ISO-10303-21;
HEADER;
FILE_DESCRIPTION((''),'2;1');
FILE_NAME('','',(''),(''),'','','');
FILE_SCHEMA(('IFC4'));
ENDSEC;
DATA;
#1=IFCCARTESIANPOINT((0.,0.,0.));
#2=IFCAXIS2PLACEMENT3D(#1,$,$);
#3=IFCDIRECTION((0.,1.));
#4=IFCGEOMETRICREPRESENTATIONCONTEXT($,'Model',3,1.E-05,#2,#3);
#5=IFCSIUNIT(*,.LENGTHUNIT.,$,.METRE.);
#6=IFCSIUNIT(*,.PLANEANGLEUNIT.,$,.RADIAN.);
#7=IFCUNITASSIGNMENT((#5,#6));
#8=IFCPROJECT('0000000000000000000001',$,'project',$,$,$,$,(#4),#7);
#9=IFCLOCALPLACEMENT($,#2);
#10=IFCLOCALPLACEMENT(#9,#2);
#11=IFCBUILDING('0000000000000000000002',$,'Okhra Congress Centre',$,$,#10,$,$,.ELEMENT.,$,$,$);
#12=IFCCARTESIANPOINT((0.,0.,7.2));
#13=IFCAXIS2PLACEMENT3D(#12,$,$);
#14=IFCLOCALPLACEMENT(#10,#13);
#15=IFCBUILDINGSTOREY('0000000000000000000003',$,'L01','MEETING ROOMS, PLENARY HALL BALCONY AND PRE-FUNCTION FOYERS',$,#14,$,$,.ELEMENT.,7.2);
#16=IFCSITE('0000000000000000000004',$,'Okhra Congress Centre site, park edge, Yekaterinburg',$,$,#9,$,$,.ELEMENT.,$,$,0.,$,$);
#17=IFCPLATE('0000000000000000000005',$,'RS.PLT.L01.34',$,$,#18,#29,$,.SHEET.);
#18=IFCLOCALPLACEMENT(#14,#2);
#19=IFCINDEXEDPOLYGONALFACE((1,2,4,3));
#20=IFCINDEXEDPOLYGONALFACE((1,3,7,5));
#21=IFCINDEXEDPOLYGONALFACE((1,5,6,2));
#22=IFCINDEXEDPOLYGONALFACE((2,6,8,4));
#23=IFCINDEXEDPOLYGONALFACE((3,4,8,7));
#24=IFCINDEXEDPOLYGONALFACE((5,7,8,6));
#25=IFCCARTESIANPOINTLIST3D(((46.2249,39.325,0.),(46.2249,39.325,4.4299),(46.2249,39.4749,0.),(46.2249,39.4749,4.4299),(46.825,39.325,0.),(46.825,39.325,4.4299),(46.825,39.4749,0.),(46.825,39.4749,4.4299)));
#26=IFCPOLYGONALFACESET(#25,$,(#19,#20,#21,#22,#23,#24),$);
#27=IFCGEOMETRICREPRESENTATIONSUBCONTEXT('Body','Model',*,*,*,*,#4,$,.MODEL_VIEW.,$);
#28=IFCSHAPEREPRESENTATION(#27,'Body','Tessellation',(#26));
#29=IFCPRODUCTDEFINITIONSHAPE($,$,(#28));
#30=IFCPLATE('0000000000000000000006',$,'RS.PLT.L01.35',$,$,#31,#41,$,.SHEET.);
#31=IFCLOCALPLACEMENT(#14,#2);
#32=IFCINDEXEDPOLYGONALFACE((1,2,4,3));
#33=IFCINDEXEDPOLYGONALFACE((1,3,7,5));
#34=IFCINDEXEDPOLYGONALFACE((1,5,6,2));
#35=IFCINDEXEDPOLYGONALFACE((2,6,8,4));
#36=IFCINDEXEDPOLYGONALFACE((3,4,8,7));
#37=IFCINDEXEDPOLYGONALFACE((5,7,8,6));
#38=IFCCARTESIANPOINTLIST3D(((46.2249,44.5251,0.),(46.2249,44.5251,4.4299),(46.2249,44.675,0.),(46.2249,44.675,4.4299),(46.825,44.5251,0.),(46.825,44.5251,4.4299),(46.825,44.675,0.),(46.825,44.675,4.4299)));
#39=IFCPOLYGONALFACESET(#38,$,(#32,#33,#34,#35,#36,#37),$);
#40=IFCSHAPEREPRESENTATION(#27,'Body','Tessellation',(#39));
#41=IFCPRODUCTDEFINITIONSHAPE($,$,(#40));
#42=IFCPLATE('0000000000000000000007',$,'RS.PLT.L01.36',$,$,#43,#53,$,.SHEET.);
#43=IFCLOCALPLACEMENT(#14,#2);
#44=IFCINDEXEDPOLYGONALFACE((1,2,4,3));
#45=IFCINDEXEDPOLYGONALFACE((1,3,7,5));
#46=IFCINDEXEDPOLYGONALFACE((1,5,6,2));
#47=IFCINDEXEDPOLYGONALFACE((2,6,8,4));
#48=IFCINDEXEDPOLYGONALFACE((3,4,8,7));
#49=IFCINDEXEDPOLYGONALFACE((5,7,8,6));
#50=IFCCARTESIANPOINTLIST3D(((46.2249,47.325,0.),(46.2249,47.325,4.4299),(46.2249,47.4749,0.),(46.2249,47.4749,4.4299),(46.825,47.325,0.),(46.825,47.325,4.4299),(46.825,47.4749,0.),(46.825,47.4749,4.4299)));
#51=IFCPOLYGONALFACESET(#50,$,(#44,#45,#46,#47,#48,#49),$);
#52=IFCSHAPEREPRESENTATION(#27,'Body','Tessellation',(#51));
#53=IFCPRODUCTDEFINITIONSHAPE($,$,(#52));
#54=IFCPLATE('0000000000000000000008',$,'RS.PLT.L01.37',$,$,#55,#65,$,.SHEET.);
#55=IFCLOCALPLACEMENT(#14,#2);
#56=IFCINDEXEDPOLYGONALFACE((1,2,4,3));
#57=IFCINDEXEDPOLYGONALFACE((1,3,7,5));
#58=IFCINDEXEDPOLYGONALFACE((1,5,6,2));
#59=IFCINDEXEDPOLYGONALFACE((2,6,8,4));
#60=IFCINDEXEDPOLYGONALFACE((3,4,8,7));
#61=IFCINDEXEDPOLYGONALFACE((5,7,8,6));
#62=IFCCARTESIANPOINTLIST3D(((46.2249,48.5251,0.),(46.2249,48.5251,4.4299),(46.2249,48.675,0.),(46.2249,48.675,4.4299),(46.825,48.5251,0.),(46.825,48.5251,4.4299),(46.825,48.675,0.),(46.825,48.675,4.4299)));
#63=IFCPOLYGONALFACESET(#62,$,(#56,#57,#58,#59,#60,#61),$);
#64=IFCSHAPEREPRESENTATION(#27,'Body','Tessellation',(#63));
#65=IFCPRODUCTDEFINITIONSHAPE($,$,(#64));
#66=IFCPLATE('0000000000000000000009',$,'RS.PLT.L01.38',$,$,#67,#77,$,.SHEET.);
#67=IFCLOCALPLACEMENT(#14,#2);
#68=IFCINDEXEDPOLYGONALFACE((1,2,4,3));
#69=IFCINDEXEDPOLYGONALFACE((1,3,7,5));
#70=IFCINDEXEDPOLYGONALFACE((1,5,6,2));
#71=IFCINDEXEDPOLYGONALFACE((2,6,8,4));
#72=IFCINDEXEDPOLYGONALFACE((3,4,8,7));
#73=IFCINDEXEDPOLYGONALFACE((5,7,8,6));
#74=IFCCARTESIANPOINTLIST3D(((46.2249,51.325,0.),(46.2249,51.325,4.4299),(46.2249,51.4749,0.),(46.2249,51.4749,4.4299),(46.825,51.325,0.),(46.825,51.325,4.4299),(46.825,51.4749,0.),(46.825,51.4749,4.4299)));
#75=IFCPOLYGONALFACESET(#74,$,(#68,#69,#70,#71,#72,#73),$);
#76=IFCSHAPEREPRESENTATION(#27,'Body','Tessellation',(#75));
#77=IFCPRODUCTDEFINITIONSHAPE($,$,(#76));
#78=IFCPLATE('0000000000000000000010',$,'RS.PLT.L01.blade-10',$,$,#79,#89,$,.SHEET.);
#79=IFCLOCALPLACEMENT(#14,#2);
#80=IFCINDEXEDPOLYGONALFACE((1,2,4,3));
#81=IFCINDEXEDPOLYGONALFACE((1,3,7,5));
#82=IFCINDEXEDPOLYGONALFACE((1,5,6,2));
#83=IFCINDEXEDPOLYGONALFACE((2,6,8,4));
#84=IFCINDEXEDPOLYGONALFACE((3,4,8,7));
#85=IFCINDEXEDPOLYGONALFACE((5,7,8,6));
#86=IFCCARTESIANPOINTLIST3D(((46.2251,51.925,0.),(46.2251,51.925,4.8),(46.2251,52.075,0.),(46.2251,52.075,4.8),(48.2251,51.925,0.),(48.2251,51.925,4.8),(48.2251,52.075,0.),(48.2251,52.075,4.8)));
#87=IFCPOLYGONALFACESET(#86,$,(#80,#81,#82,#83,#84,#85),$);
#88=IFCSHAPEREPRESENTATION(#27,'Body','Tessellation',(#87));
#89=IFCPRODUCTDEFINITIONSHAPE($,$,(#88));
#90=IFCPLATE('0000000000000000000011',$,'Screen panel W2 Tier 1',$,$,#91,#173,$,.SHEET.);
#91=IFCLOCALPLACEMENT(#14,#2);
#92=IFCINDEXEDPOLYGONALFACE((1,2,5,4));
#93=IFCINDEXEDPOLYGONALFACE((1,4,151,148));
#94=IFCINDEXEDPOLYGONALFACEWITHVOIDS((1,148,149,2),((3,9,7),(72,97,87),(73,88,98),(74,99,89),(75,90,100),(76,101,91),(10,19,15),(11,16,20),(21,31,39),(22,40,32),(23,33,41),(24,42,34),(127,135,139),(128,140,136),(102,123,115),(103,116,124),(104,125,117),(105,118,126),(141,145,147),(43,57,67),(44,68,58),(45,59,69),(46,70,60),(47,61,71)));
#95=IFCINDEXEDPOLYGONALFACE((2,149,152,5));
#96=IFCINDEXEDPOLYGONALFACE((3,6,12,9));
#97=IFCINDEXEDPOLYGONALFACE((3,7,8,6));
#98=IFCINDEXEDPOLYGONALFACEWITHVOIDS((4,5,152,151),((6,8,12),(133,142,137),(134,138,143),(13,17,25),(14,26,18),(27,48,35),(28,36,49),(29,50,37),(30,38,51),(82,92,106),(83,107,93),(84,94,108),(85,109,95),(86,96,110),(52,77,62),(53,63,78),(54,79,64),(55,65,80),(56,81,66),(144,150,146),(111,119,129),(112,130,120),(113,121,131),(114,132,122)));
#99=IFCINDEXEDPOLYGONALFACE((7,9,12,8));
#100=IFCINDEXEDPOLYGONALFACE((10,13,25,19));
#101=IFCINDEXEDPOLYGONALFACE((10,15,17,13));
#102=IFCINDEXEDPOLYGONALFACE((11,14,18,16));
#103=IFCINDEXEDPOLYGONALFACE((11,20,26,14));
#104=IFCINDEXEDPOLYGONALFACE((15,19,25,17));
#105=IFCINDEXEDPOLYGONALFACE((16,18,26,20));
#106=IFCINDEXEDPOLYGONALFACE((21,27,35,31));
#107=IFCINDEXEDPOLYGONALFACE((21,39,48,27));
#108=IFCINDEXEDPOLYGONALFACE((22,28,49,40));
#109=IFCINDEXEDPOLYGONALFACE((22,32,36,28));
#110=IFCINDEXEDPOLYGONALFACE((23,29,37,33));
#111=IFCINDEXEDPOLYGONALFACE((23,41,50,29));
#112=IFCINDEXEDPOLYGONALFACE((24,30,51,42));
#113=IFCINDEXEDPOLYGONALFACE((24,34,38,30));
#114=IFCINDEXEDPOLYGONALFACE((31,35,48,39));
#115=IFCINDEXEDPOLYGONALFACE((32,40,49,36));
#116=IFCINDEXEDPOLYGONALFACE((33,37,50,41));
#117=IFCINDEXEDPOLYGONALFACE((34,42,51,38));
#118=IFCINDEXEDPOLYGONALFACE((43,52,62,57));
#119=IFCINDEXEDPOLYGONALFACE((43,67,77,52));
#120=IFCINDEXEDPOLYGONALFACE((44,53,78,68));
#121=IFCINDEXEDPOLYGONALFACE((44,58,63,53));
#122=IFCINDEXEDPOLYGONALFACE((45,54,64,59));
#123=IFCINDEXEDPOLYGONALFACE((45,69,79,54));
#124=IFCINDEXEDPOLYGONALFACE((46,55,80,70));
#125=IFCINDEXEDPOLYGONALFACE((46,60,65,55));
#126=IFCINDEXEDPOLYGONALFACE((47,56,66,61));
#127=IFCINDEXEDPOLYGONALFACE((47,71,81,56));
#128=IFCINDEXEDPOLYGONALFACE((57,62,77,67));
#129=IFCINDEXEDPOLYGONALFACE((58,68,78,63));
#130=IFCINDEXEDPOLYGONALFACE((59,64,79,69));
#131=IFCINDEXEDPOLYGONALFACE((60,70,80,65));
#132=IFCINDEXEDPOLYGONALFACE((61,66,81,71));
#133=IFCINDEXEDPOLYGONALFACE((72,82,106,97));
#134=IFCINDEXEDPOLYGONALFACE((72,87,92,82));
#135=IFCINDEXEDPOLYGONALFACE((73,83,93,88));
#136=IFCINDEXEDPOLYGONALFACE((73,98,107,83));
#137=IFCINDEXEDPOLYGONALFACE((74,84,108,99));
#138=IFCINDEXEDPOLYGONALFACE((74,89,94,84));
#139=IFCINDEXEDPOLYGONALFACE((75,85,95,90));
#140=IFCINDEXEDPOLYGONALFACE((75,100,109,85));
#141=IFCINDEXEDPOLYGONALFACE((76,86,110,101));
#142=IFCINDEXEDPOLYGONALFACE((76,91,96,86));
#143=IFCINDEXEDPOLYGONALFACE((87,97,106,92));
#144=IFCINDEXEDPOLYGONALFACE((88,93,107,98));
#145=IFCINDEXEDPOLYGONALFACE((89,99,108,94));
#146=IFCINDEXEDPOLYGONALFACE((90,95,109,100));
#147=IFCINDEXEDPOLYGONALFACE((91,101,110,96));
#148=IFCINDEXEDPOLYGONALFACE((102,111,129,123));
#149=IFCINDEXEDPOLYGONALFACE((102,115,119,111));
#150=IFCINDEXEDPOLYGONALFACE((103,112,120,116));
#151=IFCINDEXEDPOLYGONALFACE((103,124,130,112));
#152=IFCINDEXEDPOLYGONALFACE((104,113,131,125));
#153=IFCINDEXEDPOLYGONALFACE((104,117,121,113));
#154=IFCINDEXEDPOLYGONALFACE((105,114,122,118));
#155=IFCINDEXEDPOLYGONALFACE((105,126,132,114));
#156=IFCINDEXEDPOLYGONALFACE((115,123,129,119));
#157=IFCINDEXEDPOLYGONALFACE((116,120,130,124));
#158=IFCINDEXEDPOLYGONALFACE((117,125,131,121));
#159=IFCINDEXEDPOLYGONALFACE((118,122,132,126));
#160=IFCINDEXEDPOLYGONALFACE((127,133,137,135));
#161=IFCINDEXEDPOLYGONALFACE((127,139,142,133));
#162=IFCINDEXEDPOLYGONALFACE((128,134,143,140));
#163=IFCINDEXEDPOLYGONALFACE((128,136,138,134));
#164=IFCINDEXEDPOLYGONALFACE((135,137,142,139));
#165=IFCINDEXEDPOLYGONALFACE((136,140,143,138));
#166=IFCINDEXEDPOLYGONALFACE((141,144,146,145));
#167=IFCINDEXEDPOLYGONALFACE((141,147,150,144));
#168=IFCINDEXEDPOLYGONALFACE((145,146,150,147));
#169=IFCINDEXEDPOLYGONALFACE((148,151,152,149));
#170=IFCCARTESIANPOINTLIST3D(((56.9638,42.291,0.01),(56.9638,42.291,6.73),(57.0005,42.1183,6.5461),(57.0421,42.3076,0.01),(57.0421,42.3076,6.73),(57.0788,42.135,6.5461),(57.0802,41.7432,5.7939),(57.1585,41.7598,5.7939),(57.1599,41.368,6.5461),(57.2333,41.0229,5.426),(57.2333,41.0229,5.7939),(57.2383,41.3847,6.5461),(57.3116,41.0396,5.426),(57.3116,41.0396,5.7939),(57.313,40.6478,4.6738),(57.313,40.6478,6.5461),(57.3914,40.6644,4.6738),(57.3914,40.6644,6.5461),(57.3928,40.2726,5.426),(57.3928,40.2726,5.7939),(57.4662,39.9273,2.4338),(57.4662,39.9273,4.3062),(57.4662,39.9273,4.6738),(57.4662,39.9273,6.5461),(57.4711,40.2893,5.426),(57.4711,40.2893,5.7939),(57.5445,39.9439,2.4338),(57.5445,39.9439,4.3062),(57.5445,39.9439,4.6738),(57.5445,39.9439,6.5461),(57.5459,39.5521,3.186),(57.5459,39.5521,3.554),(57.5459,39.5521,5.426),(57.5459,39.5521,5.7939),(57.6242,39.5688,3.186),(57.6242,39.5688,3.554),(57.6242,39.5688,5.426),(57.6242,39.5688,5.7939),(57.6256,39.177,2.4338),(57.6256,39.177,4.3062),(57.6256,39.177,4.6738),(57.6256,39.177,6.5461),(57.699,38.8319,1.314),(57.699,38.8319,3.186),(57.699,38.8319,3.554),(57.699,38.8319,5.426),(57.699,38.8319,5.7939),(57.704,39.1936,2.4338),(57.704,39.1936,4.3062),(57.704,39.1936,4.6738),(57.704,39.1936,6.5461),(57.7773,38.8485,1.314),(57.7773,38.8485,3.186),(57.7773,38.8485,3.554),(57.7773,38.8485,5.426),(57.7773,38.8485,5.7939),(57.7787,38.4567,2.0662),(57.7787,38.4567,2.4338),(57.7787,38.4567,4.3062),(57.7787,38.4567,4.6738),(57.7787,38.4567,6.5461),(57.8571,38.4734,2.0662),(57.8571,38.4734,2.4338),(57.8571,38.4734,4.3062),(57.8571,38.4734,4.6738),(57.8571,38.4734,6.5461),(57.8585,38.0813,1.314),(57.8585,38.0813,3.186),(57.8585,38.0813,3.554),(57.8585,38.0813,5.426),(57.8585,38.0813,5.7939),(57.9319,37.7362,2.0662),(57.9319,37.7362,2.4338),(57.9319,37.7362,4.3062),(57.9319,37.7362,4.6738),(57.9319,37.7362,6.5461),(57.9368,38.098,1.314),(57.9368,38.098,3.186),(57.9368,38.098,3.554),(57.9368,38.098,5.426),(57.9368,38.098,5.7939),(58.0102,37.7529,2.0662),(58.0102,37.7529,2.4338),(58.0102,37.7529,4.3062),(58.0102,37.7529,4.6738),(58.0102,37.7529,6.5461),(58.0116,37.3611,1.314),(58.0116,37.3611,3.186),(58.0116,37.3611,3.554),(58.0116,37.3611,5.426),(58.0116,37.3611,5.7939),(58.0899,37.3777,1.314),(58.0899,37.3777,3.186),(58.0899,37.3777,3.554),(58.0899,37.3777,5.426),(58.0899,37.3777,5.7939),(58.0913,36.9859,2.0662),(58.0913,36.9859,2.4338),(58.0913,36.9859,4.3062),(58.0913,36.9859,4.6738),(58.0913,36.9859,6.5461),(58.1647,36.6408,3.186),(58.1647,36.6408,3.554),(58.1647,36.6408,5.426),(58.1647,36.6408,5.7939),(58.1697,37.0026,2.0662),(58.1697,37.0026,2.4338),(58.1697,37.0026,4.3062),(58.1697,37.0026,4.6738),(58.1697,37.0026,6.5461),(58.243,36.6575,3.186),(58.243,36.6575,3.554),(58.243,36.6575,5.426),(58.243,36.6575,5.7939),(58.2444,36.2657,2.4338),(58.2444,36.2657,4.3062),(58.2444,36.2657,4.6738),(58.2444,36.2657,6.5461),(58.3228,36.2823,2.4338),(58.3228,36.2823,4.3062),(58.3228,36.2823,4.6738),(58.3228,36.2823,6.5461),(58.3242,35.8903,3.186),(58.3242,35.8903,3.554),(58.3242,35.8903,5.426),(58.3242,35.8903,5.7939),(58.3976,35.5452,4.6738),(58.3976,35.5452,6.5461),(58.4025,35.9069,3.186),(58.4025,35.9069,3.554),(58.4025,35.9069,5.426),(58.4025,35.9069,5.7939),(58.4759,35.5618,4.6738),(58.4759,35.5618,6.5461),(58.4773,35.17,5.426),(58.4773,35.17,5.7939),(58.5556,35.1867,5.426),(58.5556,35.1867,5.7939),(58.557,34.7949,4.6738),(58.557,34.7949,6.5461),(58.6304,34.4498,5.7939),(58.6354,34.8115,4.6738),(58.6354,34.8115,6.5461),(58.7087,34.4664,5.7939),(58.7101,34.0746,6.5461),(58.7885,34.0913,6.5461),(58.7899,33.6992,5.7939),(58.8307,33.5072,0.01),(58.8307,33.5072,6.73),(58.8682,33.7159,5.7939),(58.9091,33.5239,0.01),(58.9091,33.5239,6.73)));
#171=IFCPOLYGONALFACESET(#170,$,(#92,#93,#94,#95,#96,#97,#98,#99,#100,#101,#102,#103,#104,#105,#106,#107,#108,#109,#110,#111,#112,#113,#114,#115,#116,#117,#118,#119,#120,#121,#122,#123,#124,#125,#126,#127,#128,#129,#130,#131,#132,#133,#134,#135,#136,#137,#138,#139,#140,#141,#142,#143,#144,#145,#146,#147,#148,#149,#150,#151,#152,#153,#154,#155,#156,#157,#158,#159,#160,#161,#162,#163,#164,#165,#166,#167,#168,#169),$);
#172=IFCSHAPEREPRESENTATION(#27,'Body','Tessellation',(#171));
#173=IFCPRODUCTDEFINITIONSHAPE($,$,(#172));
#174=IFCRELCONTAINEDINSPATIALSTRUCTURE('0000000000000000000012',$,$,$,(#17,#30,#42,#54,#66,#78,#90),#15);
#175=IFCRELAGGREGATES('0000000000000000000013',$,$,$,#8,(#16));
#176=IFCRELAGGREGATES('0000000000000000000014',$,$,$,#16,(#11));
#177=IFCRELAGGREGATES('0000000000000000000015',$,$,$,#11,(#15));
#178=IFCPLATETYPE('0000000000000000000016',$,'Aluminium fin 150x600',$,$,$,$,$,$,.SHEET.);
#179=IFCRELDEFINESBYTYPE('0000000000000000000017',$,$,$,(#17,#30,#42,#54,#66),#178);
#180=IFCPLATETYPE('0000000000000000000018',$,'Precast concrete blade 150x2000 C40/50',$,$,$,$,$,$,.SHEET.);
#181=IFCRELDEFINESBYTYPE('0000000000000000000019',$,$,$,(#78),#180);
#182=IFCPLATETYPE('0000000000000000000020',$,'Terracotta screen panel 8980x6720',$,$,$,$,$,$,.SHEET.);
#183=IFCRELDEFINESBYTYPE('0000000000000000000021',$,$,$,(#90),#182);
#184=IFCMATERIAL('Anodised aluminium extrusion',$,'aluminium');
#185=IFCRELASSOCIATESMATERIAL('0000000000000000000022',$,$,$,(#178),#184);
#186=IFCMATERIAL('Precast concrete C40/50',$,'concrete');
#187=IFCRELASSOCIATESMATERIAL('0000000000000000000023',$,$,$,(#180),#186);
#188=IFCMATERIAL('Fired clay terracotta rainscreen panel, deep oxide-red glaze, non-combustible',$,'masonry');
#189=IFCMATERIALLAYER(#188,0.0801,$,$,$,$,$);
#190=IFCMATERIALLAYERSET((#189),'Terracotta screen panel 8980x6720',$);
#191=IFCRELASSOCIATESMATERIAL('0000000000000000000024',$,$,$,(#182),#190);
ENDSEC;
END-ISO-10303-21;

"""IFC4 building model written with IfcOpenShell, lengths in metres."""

from ifc_helpers import new_model, si_unit, direction, frame, origin, origin_2d, place, context, subcontext, project, spatial, polyline, rectangle, outline, extrude, material, layer, layer_set, type_object, element, save


model = new_model("IFC4")

# Units and contexts
model_context = context("Model", 3, precision=1e-05, world=origin(), true_north=direction((0.0, 1.0)))
body_context = subcontext(model_context, "Body", "Model", "MODEL_VIEW")
ifc_project = project(units=[si_unit("LENGTHUNIT", "METRE"), si_unit("PLANEANGLEUNIT", "RADIAN")], contexts=[model_context])

# Site, building, storey
site_placement = place(None, origin())
site = spatial("IfcSite", under=ifc_project, at=site_placement, Name="Okhra Congress Centre site, park edge, Yekaterinburg", CompositionType="ELEMENT", RefElevation=0.0)
building_placement = place(site_placement, origin())
building = spatial("IfcBuilding", under=site, at=building_placement, Name="Okhra Congress Centre", CompositionType="ELEMENT")
storey_placement = place(building_placement, frame((0.0, 0.0, 7.2)))
storey = spatial("IfcBuildingStorey", under=building, at=storey_placement, Name="L01", Description="MEETING ROOMS, PLENARY HALL BALCONY AND PRE-FUNCTION FOYERS", CompositionType="ELEMENT", Elevation=7.2)

# Plates
ifc_material_1 = material(Name="Anodised aluminium extrusion", Category="aluminium")
plate_type_1 = type_object("IfcPlateType", Name="Aluminium fin 150x600", PredefinedType="SHEET", material=ifc_material_1)
for number, where, z_axis, x_axis, name in (
    (1, (46.5249, 39.3999, 0.0), (0.0, 0.0, 1.0), (0.0, 1.0, 0.0), "RS.PLT.L01.34"),
    (2, (46.5249, 44.6001, 0.0), (0.0, 0.0, 1.0), (0.0, 1.0, 0.0), "RS.PLT.L01.35"),
    (3, (46.5249, 47.3999, 0.0), (0.0, 0.0, 1.0), (0.0, 1.0, 0.0), "RS.PLT.L01.36"),
    (4, (46.5249, 48.6001, 0.0), (0.0, 0.0, 1.0), (0.0, 1.0, 0.0), "RS.PLT.L01.37"),
    (5, (46.5249, 51.3999, 0.0), (0.0, 0.0, 1.0), (0.0, 1.0, 0.0), "RS.PLT.L01.38"),
):
    element("IfcPlate", number, at=place(storey_placement, frame(where, z_axis=z_axis, x_axis=x_axis)), inside=storey, type_object=plate_type_1, Name=name, PredefinedType="SHEET", context=body_context, shape_type="SweptSolid", body=[
        extrude(rectangle(XDim=0.1499, YDim=0.6001, at=origin_2d()), origin(), (0.0, 0.0, 1.0), 4.4299),
    ])
ifc_material_2 = material(Name="Precast concrete C40/50", Category="concrete")
plate_type_2 = type_object("IfcPlateType", Name="Precast concrete blade 150x2000 C40/50", PredefinedType="SHEET", material=ifc_material_2)
plate_1_placement = place(storey_placement, frame((47.2251, 52.0, 0.0), z_axis=(0.0, 0.0, 1.0), x_axis=(0.0, 1.0, 0.0)))
element("IfcPlate", 6, at=plate_1_placement, inside=storey, type_object=plate_type_2, Name="RS.PLT.L01.blade-10", PredefinedType="SHEET", context=body_context, shape_type="SweptSolid", body=[
    extrude(rectangle(XDim=0.1499, YDim=2.0, at=origin_2d()), origin(), (0.0, 0.0, 1.0), 4.8),
])
ifc_material_3 = material(Name="Fired clay terracotta rainscreen panel, deep oxide-red glaze, non-combustible", Category="masonry")
ifc_layer_1 = layer(ifc_material_3, 0.0801)
ifc_layer_set_1 = layer_set([ifc_layer_1], Name="Terracotta screen panel 8980x6720")
plate_type_3 = type_object("IfcPlateType", Name="Terracotta screen panel 8980x6720", PredefinedType="SHEET", material=ifc_layer_set_1)
plate_2_placement = place(storey_placement, frame((57.0029, 42.2993, 0.01), z_axis=(0.0, 0.0, 1.0), x_axis=(0.207902, -0.97815, 0.0)))
element("IfcPlate", 7, at=plate_2_placement, inside=storey, type_object=plate_type_3, Name="Screen panel W2 Tier 1", PredefinedType="SHEET", context=body_context, shape_type="SweptSolid", body=[
    extrude(outline(polyline([(0.0, 0.0), (8.98, 0.0), (8.98, 6.72), (0.0, 6.72), (0.0, 0.0)]), holes=[polyline([(3.5364, 1.304), (4.3037, 1.304), (3.9199, 2.0562), (3.5364, 1.304)]), polyline([(4.6565, 2.0562), (5.04, 1.304), (5.4236, 2.0562), (4.6565, 2.0562)]), polyline([(2.4165, 2.4238), (3.1836, 2.4238), (2.8, 3.176), (2.4165, 2.4238)]), polyline([(3.5364, 3.176), (3.9199, 2.4238), (4.3037, 3.176), (3.5364, 3.176)]), polyline([(4.6565, 2.4238), (5.4236, 2.4238), (5.04, 3.176), (4.6565, 2.4238)]), polyline([(5.7764, 3.176), (6.1599, 2.4238), (6.5437, 3.176), (5.7764, 3.176)]), polyline([(2.4165, 4.2961), (2.8, 3.5439), (3.1836, 4.2961), (2.4165, 4.2961)]), polyline([(3.5364, 3.5439), (4.3037, 3.5439), (3.9199, 4.2961), (3.5364, 3.5439)]), polyline([(4.6565, 4.2961), (5.04, 3.5439), (5.4236, 4.2961), (4.6565, 4.2961)]), polyline([(5.7764, 3.5439), (6.5437, 3.5439), (6.1599, 4.2961), (5.7764, 3.5439)]), polyline([(1.2964, 5.416), (1.6799, 4.6638), (2.0635, 5.416), (1.2964, 5.416)]), polyline([(2.4165, 4.6638), (3.1836, 4.6638), (2.8, 5.416), (2.4165, 4.6638)]), polyline([(3.5364, 5.416), (3.9199, 4.6638), (4.3037, 5.416), (3.5364, 5.416)]), polyline([(4.6565, 4.6638), (5.4236, 4.6638), (5.04, 5.416), (4.6565, 4.6638)]), polyline([(5.7764, 5.416), (6.1599, 4.6638), (6.5437, 5.416), (5.7764, 5.416)]), polyline([(6.8965, 4.6638), (7.6636, 4.6638), (7.28, 5.416), (6.8965, 4.6638)]), polyline([(0.1765, 6.5361), (0.5601, 5.7839), (0.9436, 6.5361), (0.1765, 6.5361)]), polyline([(1.2964, 5.7839), (2.0635, 5.7839), (1.6799, 6.5361), (1.2964, 5.7839)]), polyline([(2.4165, 6.5361), (2.8, 5.7839), (3.1836, 6.5361), (2.4165, 6.5361)]), polyline([(3.5364, 5.7839), (4.3037, 5.7839), (3.9199, 6.5361), (3.5364, 5.7839)]), polyline([(4.6565, 6.5361), (5.04, 5.7839), (5.4236, 6.5361), (4.6565, 6.5361)]), polyline([(5.7764, 5.7839), (6.5437, 5.7839), (6.1599, 6.5361), (5.7764, 5.7839)]), polyline([(6.8965, 6.5361), (7.28, 5.7839), (7.6636, 6.5361), (6.8965, 6.5361)]), polyline([(8.0164, 5.7839), (8.7837, 5.7839), (8.3999, 6.5361), (8.0164, 5.7839)])]), frame((0.0, 0.04, 0.0), z_axis=(0.0, -1.0, 0.0), x_axis=(1.0, 0.0, 0.0)), (0.0, 0.0, 1.0), 0.0801),
])

save(model, "model.ifc")
